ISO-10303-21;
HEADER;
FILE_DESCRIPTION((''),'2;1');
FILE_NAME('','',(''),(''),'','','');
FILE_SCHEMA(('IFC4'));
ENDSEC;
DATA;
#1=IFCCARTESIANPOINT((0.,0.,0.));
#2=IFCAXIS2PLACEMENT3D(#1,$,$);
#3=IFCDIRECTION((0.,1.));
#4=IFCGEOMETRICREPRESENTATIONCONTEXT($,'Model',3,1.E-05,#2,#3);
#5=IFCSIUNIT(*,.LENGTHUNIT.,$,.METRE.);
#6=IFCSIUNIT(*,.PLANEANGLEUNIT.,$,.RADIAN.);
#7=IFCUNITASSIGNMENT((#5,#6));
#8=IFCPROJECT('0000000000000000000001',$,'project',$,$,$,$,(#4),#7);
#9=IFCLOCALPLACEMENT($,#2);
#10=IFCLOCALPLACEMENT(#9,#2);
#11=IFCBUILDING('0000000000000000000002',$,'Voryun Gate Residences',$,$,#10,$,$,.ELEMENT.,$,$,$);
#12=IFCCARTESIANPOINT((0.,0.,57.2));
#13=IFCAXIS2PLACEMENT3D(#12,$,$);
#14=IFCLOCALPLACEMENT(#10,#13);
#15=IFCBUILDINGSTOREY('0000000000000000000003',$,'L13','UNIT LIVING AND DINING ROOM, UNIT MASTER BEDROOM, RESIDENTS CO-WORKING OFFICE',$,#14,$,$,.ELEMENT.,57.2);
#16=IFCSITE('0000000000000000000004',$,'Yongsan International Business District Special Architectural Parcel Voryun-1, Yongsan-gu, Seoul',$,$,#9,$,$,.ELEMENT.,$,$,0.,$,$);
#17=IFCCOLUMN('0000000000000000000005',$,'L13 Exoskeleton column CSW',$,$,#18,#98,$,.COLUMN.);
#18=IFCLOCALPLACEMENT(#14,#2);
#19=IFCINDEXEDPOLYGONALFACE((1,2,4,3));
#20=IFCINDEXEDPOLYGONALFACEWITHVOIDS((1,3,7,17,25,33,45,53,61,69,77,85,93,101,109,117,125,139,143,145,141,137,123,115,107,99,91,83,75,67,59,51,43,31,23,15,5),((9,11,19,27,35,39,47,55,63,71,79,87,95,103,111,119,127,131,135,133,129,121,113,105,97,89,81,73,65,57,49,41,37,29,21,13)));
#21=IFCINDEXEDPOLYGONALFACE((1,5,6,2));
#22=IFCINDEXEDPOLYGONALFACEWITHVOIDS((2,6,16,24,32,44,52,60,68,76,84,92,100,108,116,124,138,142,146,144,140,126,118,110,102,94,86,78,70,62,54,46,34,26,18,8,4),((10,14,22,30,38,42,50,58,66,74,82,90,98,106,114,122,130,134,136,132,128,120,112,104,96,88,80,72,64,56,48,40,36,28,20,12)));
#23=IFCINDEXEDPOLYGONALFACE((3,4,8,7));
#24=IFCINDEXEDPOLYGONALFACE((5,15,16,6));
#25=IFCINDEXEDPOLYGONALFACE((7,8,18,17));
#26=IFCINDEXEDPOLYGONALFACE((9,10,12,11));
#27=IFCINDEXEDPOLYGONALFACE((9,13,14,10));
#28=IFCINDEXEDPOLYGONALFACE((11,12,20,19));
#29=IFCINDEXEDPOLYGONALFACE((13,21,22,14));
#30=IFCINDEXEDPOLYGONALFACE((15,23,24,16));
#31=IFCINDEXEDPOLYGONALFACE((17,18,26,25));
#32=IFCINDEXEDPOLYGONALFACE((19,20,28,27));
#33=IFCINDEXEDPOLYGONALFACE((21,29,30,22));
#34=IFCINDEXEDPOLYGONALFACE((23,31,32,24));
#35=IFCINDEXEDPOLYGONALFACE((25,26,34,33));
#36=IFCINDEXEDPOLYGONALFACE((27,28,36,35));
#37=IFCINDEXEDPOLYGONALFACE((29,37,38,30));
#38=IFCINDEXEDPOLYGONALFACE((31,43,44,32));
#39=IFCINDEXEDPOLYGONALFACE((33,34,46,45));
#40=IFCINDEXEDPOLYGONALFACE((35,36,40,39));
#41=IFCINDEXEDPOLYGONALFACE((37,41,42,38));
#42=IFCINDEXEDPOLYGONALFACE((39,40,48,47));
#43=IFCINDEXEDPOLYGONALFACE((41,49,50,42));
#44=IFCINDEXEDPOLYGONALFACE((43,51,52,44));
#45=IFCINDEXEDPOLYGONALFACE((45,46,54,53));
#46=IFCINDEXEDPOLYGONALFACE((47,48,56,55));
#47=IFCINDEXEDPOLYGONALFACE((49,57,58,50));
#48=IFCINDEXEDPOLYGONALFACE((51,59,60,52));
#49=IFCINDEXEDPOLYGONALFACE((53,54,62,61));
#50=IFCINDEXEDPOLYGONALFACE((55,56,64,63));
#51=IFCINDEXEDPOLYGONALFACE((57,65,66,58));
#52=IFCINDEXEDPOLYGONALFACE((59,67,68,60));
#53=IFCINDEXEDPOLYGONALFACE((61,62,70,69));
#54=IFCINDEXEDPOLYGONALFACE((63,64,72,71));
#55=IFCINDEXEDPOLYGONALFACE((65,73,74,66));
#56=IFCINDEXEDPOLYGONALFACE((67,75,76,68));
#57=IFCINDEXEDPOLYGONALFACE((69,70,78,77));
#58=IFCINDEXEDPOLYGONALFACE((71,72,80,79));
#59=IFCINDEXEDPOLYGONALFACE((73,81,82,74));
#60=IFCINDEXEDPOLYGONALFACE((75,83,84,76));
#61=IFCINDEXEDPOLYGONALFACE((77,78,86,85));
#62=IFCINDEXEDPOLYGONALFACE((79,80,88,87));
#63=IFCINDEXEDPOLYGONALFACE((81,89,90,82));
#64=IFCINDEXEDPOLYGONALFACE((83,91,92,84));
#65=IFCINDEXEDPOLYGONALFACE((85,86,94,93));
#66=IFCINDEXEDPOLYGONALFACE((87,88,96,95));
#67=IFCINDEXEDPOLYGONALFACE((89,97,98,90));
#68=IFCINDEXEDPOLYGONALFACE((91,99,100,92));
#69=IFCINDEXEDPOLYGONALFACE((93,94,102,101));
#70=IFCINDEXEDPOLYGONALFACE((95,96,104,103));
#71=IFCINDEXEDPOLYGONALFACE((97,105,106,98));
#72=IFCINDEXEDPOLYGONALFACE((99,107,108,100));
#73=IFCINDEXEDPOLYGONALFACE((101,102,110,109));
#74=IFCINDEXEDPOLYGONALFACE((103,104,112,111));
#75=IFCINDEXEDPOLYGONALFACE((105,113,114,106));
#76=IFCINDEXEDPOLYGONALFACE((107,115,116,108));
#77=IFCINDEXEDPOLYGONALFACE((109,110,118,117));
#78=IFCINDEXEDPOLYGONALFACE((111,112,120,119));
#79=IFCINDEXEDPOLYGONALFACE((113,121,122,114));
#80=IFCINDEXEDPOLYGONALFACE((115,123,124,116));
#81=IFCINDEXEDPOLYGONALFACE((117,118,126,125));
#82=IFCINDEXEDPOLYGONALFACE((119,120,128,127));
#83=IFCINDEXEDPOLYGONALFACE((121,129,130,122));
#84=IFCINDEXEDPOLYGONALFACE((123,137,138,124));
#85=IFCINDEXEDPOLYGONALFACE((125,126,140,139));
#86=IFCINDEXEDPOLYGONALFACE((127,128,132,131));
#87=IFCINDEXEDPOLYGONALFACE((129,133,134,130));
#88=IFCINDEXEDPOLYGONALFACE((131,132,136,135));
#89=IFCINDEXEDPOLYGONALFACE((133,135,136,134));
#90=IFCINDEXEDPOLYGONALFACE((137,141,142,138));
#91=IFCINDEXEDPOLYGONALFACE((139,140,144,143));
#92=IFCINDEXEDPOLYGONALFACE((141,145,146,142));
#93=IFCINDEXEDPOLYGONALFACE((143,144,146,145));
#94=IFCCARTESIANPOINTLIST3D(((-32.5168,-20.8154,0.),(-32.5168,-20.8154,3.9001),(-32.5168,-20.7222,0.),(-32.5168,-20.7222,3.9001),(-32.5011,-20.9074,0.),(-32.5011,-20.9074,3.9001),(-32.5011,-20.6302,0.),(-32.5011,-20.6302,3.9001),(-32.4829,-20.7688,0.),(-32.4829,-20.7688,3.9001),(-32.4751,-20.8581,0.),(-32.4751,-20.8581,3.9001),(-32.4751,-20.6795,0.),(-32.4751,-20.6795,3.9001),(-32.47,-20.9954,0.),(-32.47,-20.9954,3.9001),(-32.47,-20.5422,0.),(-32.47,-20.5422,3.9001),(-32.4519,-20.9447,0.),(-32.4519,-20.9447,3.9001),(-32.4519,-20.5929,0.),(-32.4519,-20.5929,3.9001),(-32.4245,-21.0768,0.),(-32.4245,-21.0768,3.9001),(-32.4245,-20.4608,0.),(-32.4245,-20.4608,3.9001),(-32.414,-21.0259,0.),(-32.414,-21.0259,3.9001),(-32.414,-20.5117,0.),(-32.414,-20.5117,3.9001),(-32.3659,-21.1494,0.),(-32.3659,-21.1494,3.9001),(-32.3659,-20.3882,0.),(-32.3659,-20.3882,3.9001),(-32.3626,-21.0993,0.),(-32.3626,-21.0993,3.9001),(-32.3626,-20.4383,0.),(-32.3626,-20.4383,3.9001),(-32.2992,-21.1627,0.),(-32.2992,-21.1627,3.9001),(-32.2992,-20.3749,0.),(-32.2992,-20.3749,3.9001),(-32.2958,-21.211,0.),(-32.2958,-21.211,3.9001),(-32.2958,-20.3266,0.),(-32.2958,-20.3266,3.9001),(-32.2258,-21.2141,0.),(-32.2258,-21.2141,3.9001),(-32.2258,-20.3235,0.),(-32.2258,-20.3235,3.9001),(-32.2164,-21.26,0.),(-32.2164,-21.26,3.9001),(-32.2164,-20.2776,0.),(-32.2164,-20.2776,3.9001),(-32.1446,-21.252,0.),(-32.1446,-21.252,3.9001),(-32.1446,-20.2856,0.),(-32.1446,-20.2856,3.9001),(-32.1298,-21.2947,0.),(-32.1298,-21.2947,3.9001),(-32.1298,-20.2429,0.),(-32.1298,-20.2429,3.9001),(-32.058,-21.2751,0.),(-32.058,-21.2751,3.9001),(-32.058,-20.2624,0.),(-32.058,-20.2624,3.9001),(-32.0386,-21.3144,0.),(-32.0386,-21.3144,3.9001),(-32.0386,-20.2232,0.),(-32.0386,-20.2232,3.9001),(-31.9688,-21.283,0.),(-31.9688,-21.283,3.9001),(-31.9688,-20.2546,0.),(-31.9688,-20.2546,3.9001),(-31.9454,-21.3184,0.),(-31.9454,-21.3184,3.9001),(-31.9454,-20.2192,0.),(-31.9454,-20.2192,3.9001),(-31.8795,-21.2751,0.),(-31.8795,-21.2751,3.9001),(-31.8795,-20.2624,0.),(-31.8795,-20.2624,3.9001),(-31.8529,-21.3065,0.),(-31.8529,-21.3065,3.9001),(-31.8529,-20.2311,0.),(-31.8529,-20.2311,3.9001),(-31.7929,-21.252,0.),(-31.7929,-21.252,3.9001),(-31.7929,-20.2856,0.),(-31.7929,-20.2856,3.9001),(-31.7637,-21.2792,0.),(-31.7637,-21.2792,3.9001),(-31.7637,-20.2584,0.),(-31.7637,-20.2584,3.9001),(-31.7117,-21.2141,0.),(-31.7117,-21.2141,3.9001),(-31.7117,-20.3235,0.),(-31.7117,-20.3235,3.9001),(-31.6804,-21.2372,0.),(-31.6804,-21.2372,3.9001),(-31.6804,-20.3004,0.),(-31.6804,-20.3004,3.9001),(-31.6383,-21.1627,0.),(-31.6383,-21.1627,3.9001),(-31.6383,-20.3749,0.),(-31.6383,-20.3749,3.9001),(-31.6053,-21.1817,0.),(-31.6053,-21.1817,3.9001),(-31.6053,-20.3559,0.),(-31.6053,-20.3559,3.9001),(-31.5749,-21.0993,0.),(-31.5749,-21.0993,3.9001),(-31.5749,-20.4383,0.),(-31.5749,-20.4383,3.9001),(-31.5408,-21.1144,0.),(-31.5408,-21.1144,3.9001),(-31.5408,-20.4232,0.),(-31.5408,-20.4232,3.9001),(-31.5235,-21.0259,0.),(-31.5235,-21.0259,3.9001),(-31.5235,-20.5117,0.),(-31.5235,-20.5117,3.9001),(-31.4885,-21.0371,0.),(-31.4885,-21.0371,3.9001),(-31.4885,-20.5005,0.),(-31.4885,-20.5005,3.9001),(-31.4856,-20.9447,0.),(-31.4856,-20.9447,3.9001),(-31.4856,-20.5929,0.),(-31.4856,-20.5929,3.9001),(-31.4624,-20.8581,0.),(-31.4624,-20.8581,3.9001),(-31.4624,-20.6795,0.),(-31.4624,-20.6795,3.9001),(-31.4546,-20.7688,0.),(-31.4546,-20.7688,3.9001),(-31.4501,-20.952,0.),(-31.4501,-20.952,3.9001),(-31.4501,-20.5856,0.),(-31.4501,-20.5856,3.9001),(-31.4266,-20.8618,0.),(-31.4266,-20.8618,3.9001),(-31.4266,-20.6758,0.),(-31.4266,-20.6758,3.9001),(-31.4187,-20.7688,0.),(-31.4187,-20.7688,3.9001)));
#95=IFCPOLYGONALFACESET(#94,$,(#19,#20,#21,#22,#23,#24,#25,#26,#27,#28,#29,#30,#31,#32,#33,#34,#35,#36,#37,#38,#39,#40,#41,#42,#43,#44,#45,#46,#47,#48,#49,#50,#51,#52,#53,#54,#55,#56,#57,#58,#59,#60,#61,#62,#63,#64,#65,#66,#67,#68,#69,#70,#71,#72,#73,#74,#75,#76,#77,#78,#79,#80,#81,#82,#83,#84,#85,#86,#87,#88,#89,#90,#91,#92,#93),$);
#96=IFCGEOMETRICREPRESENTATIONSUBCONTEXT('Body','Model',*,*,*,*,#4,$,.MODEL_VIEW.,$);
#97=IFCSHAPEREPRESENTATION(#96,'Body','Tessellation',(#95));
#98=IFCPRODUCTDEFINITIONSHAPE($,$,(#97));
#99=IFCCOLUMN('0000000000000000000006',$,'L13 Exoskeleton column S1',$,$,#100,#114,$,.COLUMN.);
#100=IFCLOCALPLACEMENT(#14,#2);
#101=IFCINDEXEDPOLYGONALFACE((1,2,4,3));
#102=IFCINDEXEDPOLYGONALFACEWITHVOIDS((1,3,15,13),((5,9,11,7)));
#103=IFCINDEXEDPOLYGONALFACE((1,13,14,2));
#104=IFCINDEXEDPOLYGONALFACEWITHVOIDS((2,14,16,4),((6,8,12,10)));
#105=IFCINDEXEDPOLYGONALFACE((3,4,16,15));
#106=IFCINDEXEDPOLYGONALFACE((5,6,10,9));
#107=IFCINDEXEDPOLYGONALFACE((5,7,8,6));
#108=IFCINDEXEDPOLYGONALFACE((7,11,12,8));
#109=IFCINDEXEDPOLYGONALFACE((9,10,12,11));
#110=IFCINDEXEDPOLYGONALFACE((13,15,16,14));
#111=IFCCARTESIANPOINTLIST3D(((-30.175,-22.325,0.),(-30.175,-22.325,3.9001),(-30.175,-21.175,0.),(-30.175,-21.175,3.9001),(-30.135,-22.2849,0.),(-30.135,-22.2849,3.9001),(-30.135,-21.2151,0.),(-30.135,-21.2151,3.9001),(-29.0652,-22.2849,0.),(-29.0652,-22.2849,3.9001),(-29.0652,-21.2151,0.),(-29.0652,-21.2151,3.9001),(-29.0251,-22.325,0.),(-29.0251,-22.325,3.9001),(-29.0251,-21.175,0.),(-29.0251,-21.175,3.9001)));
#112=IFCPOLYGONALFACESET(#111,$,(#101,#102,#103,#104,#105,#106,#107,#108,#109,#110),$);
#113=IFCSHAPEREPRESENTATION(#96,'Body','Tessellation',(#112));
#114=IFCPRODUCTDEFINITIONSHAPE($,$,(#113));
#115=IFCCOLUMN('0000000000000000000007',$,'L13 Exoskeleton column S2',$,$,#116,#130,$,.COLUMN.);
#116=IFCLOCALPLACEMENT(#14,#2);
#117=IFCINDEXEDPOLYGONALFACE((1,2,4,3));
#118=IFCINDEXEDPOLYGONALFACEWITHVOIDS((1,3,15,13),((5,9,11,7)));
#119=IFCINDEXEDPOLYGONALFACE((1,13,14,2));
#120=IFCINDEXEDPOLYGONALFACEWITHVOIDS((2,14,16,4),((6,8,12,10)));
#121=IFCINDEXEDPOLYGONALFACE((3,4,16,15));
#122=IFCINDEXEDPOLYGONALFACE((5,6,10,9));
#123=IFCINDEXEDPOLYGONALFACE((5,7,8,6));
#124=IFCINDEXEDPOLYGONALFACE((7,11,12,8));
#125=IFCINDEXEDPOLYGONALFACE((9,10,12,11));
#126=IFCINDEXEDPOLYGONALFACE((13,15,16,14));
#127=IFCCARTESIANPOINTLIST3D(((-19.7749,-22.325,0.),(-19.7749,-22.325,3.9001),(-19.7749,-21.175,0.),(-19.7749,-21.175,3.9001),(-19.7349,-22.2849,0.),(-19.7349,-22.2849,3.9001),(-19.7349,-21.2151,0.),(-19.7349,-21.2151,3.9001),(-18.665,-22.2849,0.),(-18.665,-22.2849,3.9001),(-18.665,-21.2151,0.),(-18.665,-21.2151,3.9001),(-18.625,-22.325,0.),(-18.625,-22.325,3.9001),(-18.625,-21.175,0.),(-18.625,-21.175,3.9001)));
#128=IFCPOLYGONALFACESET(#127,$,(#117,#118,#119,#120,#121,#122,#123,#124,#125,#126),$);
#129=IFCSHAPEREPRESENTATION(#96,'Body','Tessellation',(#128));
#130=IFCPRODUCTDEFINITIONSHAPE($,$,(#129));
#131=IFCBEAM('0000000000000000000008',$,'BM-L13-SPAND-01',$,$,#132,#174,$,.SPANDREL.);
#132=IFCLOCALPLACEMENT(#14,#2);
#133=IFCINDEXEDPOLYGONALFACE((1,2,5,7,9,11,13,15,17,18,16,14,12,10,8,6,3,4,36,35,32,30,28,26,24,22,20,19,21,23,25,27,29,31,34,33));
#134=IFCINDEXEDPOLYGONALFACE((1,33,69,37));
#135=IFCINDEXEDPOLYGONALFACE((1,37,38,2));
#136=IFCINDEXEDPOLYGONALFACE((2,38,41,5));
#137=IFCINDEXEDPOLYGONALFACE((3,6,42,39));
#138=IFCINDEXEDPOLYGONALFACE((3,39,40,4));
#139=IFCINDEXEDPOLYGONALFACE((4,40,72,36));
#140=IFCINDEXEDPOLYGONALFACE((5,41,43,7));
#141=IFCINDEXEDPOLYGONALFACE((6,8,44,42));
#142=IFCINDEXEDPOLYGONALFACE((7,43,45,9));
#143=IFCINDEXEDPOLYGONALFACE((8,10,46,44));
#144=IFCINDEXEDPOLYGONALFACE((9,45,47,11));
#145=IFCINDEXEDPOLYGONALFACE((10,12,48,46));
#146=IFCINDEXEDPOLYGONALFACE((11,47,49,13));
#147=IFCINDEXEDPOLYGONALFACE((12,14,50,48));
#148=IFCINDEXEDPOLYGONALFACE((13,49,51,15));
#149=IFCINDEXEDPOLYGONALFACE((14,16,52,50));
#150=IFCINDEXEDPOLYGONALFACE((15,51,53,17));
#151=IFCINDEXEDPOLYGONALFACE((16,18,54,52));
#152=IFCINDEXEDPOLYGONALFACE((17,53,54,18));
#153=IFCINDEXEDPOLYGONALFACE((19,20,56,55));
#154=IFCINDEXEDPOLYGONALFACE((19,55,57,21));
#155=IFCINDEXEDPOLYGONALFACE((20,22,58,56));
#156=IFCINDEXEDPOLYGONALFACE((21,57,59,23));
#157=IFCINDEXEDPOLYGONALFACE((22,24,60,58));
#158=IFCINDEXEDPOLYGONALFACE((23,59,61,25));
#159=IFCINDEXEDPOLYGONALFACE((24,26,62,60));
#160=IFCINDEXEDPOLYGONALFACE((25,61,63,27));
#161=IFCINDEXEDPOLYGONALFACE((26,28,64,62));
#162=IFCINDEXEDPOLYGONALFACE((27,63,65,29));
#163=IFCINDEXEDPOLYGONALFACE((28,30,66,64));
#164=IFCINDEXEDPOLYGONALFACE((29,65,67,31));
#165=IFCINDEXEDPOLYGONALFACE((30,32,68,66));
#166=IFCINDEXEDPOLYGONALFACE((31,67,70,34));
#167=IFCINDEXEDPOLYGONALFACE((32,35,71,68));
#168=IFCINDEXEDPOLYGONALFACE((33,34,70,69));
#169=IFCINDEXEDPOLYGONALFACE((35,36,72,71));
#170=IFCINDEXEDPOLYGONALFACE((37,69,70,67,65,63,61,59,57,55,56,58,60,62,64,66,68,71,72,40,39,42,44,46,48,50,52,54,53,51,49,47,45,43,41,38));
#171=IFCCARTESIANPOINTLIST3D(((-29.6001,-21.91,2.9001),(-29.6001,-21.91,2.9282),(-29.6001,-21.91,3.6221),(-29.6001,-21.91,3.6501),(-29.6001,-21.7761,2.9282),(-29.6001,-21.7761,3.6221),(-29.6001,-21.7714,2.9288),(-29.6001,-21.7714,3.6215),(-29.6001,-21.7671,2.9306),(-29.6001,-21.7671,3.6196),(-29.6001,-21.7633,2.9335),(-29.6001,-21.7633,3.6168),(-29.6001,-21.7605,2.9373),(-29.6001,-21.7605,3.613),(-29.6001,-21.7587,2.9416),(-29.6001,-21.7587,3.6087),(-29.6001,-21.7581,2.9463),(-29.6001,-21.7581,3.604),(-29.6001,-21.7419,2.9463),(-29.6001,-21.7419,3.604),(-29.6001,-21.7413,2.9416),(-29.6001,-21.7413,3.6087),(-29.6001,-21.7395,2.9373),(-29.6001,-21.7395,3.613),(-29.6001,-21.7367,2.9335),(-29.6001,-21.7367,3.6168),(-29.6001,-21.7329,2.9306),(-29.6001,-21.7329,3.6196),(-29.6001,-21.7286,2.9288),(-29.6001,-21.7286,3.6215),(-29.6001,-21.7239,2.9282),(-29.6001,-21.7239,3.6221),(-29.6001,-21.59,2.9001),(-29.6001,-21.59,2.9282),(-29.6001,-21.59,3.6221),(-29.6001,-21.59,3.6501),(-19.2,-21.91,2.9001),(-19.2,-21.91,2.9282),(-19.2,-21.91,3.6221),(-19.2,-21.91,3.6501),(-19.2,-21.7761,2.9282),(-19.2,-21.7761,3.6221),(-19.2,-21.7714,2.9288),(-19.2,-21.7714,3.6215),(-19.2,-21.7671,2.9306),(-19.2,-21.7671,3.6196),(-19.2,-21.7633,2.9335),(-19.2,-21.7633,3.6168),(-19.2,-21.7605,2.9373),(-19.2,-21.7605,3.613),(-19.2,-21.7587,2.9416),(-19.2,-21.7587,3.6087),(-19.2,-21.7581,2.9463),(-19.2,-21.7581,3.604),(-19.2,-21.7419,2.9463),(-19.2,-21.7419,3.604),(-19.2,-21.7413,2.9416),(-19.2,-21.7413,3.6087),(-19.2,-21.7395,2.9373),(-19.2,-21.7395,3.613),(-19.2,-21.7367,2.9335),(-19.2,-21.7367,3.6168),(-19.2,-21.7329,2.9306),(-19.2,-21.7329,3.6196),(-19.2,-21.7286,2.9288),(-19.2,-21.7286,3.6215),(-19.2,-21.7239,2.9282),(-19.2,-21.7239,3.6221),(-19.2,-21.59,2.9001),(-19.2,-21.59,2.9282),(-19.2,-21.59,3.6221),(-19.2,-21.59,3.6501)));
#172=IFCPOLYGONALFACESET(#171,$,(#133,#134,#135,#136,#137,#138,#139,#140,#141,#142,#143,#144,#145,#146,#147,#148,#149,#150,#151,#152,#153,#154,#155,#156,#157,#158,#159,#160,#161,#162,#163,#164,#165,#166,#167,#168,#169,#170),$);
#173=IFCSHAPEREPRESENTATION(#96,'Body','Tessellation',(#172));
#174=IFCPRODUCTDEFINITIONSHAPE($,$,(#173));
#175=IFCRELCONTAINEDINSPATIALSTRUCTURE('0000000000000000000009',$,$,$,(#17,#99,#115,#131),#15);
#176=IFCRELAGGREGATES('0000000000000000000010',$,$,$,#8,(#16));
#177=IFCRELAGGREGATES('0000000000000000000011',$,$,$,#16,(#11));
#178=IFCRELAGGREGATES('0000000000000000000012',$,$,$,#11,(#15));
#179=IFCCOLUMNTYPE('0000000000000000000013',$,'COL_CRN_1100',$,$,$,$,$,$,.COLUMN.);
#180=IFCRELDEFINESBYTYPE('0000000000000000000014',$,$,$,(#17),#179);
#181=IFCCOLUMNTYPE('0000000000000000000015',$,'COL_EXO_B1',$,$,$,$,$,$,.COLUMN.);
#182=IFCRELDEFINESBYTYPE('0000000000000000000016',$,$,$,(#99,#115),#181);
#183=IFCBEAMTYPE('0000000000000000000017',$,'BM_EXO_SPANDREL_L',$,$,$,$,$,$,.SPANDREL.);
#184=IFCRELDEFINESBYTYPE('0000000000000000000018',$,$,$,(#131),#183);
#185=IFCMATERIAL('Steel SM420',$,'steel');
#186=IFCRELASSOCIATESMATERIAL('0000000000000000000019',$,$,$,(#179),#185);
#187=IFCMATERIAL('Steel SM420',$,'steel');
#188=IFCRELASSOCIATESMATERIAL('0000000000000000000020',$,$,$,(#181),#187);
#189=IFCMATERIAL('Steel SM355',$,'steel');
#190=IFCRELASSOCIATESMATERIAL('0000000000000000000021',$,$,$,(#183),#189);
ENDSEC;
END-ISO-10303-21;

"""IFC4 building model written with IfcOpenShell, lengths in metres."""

from ifc_helpers import new_model, si_unit, direction, frame, origin, origin_2d, place, context, subcontext, project, spatial, hollow_rectangle, hollow_circle, i_section, extrude, material, material_profile, profile_set, type_object, element, save


model = new_model("IFC4")

# Units and contexts
model_context = context("Model", 3, precision=1e-05, world=origin(), true_north=direction((0.0, 1.0)))
body_context = subcontext(model_context, "Body", "Model", "MODEL_VIEW")
ifc_project = project(units=[si_unit("LENGTHUNIT", "METRE"), si_unit("PLANEANGLEUNIT", "RADIAN")], contexts=[model_context])

# Site, building, storey
site_placement = place(None, origin())
site = spatial("IfcSite", under=ifc_project, at=site_placement, Name="Yongsan International Business District Special Architectural Parcel Voryun-1, Yongsan-gu, Seoul", CompositionType="ELEMENT", RefElevation=0.0)
building_placement = place(site_placement, origin())
building = spatial("IfcBuilding", under=site, at=building_placement, Name="Voryun Gate Residences", CompositionType="ELEMENT")
storey_placement = place(building_placement, frame((0.0, 0.0, 57.2)))
storey = spatial("IfcBuildingStorey", under=building, at=storey_placement, Name="L13", Description="UNIT LIVING AND DINING ROOM, UNIT MASTER BEDROOM, RESIDENTS CO-WORKING OFFICE", CompositionType="ELEMENT", Elevation=57.2)

# Columns
ifc_material_1 = material(Name="Steel SM420", Category="steel")
ifc_material_profile_1 = material_profile(ifc_material_1, hollow_circle(Radius=0.55, WallThickness=0.0359, at=origin_2d()), Name="CHS-1100x36")
ifc_profile_set_1 = profile_set([ifc_material_profile_1], Name="Steel SM420")
column_type_1 = type_object("IfcColumnType", Name="COL_CRN_1100", PredefinedType="COLUMN", material=ifc_profile_set_1)
column_placement = place(storey_placement, frame((-31.9688, -20.7688, 0.0), z_axis=(0.0, 0.0, 1.0), x_axis=(1.0, 0.0, 0.0)))
element("IfcColumn", 1, at=column_placement, inside=storey, type_object=column_type_1, Name="L13 Exoskeleton column CSW", PredefinedType="COLUMN", context=body_context, shape_type="SweptSolid", body=[
    extrude(hollow_circle(Radius=0.55, WallThickness=0.0359, at=origin_2d()), origin(), (0.0, 0.0, 1.0), 3.9001),
])
ifc_material_2 = material(Name="Steel SM420", Category="steel")
ifc_material_profile_2 = material_profile(ifc_material_2, hollow_rectangle(XDim=1.1499, YDim=1.1499, WallThickness=0.04, at=origin_2d()), Name="BOX-1150x1150x40")
ifc_profile_set_2 = profile_set([ifc_material_profile_2], Name="Steel SM420")
column_type_2 = type_object("IfcColumnType", Name="COL_EXO_B1", PredefinedType="COLUMN", material=ifc_profile_set_2)
for number, where, z_axis, x_axis, name in (
    (2, (-29.6001, -21.75, 0.0), (0.0, 0.0, 1.0), (1.0, 0.0, 0.0), "L13 Exoskeleton column S1"),
    (3, (-19.2, -21.75, 0.0), (0.0, 0.0, 1.0), (1.0, 0.0, 0.0), "L13 Exoskeleton column S2"),
):
    element("IfcColumn", number, at=place(storey_placement, frame(where, z_axis=z_axis, x_axis=x_axis)), inside=storey, type_object=column_type_2, Name=name, PredefinedType="COLUMN", context=body_context, shape_type="SweptSolid", body=[
        extrude(hollow_rectangle(XDim=1.1499, YDim=1.1499, WallThickness=0.04, at=origin_2d()), origin(), (0.0, 0.0, 1.0), 3.9001),
    ])

# Beam
ifc_material_3 = material(Name="Steel SM355", Category="steel")
ifc_material_profile_3 = material_profile(ifc_material_3, i_section(OverallWidth=0.3201, OverallDepth=0.75, WebThickness=0.0161, FlangeThickness=0.0281, FilletRadius=0.0181, at=origin_2d()), Name="H-750x320x16x28")
ifc_profile_set_3 = profile_set([ifc_material_profile_3], Name="Steel SM355")
beam_type = type_object("IfcBeamType", Name="BM_EXO_SPANDREL_L", PredefinedType="SPANDREL", material=ifc_profile_set_3)
beam_1_placement = place(storey_placement, frame((-29.6001, -21.75, 3.2751), z_axis=(1.0, 0.0, 0.0), x_axis=(0.0, 1.0, 0.0)))
element("IfcBeam", 4, at=beam_1_placement, inside=storey, type_object=beam_type, Name="BM-L13-SPAND-01", PredefinedType="SPANDREL", context=body_context, shape_type="SweptSolid", body=[
    extrude(i_section(OverallWidth=0.3201, OverallDepth=0.75, WebThickness=0.0161, FlangeThickness=0.0281, FilletRadius=0.0181, at=origin_2d()), origin(), (0.0, 0.0, 1.0), 10.4001),
])

save(model, "model.ifc")
